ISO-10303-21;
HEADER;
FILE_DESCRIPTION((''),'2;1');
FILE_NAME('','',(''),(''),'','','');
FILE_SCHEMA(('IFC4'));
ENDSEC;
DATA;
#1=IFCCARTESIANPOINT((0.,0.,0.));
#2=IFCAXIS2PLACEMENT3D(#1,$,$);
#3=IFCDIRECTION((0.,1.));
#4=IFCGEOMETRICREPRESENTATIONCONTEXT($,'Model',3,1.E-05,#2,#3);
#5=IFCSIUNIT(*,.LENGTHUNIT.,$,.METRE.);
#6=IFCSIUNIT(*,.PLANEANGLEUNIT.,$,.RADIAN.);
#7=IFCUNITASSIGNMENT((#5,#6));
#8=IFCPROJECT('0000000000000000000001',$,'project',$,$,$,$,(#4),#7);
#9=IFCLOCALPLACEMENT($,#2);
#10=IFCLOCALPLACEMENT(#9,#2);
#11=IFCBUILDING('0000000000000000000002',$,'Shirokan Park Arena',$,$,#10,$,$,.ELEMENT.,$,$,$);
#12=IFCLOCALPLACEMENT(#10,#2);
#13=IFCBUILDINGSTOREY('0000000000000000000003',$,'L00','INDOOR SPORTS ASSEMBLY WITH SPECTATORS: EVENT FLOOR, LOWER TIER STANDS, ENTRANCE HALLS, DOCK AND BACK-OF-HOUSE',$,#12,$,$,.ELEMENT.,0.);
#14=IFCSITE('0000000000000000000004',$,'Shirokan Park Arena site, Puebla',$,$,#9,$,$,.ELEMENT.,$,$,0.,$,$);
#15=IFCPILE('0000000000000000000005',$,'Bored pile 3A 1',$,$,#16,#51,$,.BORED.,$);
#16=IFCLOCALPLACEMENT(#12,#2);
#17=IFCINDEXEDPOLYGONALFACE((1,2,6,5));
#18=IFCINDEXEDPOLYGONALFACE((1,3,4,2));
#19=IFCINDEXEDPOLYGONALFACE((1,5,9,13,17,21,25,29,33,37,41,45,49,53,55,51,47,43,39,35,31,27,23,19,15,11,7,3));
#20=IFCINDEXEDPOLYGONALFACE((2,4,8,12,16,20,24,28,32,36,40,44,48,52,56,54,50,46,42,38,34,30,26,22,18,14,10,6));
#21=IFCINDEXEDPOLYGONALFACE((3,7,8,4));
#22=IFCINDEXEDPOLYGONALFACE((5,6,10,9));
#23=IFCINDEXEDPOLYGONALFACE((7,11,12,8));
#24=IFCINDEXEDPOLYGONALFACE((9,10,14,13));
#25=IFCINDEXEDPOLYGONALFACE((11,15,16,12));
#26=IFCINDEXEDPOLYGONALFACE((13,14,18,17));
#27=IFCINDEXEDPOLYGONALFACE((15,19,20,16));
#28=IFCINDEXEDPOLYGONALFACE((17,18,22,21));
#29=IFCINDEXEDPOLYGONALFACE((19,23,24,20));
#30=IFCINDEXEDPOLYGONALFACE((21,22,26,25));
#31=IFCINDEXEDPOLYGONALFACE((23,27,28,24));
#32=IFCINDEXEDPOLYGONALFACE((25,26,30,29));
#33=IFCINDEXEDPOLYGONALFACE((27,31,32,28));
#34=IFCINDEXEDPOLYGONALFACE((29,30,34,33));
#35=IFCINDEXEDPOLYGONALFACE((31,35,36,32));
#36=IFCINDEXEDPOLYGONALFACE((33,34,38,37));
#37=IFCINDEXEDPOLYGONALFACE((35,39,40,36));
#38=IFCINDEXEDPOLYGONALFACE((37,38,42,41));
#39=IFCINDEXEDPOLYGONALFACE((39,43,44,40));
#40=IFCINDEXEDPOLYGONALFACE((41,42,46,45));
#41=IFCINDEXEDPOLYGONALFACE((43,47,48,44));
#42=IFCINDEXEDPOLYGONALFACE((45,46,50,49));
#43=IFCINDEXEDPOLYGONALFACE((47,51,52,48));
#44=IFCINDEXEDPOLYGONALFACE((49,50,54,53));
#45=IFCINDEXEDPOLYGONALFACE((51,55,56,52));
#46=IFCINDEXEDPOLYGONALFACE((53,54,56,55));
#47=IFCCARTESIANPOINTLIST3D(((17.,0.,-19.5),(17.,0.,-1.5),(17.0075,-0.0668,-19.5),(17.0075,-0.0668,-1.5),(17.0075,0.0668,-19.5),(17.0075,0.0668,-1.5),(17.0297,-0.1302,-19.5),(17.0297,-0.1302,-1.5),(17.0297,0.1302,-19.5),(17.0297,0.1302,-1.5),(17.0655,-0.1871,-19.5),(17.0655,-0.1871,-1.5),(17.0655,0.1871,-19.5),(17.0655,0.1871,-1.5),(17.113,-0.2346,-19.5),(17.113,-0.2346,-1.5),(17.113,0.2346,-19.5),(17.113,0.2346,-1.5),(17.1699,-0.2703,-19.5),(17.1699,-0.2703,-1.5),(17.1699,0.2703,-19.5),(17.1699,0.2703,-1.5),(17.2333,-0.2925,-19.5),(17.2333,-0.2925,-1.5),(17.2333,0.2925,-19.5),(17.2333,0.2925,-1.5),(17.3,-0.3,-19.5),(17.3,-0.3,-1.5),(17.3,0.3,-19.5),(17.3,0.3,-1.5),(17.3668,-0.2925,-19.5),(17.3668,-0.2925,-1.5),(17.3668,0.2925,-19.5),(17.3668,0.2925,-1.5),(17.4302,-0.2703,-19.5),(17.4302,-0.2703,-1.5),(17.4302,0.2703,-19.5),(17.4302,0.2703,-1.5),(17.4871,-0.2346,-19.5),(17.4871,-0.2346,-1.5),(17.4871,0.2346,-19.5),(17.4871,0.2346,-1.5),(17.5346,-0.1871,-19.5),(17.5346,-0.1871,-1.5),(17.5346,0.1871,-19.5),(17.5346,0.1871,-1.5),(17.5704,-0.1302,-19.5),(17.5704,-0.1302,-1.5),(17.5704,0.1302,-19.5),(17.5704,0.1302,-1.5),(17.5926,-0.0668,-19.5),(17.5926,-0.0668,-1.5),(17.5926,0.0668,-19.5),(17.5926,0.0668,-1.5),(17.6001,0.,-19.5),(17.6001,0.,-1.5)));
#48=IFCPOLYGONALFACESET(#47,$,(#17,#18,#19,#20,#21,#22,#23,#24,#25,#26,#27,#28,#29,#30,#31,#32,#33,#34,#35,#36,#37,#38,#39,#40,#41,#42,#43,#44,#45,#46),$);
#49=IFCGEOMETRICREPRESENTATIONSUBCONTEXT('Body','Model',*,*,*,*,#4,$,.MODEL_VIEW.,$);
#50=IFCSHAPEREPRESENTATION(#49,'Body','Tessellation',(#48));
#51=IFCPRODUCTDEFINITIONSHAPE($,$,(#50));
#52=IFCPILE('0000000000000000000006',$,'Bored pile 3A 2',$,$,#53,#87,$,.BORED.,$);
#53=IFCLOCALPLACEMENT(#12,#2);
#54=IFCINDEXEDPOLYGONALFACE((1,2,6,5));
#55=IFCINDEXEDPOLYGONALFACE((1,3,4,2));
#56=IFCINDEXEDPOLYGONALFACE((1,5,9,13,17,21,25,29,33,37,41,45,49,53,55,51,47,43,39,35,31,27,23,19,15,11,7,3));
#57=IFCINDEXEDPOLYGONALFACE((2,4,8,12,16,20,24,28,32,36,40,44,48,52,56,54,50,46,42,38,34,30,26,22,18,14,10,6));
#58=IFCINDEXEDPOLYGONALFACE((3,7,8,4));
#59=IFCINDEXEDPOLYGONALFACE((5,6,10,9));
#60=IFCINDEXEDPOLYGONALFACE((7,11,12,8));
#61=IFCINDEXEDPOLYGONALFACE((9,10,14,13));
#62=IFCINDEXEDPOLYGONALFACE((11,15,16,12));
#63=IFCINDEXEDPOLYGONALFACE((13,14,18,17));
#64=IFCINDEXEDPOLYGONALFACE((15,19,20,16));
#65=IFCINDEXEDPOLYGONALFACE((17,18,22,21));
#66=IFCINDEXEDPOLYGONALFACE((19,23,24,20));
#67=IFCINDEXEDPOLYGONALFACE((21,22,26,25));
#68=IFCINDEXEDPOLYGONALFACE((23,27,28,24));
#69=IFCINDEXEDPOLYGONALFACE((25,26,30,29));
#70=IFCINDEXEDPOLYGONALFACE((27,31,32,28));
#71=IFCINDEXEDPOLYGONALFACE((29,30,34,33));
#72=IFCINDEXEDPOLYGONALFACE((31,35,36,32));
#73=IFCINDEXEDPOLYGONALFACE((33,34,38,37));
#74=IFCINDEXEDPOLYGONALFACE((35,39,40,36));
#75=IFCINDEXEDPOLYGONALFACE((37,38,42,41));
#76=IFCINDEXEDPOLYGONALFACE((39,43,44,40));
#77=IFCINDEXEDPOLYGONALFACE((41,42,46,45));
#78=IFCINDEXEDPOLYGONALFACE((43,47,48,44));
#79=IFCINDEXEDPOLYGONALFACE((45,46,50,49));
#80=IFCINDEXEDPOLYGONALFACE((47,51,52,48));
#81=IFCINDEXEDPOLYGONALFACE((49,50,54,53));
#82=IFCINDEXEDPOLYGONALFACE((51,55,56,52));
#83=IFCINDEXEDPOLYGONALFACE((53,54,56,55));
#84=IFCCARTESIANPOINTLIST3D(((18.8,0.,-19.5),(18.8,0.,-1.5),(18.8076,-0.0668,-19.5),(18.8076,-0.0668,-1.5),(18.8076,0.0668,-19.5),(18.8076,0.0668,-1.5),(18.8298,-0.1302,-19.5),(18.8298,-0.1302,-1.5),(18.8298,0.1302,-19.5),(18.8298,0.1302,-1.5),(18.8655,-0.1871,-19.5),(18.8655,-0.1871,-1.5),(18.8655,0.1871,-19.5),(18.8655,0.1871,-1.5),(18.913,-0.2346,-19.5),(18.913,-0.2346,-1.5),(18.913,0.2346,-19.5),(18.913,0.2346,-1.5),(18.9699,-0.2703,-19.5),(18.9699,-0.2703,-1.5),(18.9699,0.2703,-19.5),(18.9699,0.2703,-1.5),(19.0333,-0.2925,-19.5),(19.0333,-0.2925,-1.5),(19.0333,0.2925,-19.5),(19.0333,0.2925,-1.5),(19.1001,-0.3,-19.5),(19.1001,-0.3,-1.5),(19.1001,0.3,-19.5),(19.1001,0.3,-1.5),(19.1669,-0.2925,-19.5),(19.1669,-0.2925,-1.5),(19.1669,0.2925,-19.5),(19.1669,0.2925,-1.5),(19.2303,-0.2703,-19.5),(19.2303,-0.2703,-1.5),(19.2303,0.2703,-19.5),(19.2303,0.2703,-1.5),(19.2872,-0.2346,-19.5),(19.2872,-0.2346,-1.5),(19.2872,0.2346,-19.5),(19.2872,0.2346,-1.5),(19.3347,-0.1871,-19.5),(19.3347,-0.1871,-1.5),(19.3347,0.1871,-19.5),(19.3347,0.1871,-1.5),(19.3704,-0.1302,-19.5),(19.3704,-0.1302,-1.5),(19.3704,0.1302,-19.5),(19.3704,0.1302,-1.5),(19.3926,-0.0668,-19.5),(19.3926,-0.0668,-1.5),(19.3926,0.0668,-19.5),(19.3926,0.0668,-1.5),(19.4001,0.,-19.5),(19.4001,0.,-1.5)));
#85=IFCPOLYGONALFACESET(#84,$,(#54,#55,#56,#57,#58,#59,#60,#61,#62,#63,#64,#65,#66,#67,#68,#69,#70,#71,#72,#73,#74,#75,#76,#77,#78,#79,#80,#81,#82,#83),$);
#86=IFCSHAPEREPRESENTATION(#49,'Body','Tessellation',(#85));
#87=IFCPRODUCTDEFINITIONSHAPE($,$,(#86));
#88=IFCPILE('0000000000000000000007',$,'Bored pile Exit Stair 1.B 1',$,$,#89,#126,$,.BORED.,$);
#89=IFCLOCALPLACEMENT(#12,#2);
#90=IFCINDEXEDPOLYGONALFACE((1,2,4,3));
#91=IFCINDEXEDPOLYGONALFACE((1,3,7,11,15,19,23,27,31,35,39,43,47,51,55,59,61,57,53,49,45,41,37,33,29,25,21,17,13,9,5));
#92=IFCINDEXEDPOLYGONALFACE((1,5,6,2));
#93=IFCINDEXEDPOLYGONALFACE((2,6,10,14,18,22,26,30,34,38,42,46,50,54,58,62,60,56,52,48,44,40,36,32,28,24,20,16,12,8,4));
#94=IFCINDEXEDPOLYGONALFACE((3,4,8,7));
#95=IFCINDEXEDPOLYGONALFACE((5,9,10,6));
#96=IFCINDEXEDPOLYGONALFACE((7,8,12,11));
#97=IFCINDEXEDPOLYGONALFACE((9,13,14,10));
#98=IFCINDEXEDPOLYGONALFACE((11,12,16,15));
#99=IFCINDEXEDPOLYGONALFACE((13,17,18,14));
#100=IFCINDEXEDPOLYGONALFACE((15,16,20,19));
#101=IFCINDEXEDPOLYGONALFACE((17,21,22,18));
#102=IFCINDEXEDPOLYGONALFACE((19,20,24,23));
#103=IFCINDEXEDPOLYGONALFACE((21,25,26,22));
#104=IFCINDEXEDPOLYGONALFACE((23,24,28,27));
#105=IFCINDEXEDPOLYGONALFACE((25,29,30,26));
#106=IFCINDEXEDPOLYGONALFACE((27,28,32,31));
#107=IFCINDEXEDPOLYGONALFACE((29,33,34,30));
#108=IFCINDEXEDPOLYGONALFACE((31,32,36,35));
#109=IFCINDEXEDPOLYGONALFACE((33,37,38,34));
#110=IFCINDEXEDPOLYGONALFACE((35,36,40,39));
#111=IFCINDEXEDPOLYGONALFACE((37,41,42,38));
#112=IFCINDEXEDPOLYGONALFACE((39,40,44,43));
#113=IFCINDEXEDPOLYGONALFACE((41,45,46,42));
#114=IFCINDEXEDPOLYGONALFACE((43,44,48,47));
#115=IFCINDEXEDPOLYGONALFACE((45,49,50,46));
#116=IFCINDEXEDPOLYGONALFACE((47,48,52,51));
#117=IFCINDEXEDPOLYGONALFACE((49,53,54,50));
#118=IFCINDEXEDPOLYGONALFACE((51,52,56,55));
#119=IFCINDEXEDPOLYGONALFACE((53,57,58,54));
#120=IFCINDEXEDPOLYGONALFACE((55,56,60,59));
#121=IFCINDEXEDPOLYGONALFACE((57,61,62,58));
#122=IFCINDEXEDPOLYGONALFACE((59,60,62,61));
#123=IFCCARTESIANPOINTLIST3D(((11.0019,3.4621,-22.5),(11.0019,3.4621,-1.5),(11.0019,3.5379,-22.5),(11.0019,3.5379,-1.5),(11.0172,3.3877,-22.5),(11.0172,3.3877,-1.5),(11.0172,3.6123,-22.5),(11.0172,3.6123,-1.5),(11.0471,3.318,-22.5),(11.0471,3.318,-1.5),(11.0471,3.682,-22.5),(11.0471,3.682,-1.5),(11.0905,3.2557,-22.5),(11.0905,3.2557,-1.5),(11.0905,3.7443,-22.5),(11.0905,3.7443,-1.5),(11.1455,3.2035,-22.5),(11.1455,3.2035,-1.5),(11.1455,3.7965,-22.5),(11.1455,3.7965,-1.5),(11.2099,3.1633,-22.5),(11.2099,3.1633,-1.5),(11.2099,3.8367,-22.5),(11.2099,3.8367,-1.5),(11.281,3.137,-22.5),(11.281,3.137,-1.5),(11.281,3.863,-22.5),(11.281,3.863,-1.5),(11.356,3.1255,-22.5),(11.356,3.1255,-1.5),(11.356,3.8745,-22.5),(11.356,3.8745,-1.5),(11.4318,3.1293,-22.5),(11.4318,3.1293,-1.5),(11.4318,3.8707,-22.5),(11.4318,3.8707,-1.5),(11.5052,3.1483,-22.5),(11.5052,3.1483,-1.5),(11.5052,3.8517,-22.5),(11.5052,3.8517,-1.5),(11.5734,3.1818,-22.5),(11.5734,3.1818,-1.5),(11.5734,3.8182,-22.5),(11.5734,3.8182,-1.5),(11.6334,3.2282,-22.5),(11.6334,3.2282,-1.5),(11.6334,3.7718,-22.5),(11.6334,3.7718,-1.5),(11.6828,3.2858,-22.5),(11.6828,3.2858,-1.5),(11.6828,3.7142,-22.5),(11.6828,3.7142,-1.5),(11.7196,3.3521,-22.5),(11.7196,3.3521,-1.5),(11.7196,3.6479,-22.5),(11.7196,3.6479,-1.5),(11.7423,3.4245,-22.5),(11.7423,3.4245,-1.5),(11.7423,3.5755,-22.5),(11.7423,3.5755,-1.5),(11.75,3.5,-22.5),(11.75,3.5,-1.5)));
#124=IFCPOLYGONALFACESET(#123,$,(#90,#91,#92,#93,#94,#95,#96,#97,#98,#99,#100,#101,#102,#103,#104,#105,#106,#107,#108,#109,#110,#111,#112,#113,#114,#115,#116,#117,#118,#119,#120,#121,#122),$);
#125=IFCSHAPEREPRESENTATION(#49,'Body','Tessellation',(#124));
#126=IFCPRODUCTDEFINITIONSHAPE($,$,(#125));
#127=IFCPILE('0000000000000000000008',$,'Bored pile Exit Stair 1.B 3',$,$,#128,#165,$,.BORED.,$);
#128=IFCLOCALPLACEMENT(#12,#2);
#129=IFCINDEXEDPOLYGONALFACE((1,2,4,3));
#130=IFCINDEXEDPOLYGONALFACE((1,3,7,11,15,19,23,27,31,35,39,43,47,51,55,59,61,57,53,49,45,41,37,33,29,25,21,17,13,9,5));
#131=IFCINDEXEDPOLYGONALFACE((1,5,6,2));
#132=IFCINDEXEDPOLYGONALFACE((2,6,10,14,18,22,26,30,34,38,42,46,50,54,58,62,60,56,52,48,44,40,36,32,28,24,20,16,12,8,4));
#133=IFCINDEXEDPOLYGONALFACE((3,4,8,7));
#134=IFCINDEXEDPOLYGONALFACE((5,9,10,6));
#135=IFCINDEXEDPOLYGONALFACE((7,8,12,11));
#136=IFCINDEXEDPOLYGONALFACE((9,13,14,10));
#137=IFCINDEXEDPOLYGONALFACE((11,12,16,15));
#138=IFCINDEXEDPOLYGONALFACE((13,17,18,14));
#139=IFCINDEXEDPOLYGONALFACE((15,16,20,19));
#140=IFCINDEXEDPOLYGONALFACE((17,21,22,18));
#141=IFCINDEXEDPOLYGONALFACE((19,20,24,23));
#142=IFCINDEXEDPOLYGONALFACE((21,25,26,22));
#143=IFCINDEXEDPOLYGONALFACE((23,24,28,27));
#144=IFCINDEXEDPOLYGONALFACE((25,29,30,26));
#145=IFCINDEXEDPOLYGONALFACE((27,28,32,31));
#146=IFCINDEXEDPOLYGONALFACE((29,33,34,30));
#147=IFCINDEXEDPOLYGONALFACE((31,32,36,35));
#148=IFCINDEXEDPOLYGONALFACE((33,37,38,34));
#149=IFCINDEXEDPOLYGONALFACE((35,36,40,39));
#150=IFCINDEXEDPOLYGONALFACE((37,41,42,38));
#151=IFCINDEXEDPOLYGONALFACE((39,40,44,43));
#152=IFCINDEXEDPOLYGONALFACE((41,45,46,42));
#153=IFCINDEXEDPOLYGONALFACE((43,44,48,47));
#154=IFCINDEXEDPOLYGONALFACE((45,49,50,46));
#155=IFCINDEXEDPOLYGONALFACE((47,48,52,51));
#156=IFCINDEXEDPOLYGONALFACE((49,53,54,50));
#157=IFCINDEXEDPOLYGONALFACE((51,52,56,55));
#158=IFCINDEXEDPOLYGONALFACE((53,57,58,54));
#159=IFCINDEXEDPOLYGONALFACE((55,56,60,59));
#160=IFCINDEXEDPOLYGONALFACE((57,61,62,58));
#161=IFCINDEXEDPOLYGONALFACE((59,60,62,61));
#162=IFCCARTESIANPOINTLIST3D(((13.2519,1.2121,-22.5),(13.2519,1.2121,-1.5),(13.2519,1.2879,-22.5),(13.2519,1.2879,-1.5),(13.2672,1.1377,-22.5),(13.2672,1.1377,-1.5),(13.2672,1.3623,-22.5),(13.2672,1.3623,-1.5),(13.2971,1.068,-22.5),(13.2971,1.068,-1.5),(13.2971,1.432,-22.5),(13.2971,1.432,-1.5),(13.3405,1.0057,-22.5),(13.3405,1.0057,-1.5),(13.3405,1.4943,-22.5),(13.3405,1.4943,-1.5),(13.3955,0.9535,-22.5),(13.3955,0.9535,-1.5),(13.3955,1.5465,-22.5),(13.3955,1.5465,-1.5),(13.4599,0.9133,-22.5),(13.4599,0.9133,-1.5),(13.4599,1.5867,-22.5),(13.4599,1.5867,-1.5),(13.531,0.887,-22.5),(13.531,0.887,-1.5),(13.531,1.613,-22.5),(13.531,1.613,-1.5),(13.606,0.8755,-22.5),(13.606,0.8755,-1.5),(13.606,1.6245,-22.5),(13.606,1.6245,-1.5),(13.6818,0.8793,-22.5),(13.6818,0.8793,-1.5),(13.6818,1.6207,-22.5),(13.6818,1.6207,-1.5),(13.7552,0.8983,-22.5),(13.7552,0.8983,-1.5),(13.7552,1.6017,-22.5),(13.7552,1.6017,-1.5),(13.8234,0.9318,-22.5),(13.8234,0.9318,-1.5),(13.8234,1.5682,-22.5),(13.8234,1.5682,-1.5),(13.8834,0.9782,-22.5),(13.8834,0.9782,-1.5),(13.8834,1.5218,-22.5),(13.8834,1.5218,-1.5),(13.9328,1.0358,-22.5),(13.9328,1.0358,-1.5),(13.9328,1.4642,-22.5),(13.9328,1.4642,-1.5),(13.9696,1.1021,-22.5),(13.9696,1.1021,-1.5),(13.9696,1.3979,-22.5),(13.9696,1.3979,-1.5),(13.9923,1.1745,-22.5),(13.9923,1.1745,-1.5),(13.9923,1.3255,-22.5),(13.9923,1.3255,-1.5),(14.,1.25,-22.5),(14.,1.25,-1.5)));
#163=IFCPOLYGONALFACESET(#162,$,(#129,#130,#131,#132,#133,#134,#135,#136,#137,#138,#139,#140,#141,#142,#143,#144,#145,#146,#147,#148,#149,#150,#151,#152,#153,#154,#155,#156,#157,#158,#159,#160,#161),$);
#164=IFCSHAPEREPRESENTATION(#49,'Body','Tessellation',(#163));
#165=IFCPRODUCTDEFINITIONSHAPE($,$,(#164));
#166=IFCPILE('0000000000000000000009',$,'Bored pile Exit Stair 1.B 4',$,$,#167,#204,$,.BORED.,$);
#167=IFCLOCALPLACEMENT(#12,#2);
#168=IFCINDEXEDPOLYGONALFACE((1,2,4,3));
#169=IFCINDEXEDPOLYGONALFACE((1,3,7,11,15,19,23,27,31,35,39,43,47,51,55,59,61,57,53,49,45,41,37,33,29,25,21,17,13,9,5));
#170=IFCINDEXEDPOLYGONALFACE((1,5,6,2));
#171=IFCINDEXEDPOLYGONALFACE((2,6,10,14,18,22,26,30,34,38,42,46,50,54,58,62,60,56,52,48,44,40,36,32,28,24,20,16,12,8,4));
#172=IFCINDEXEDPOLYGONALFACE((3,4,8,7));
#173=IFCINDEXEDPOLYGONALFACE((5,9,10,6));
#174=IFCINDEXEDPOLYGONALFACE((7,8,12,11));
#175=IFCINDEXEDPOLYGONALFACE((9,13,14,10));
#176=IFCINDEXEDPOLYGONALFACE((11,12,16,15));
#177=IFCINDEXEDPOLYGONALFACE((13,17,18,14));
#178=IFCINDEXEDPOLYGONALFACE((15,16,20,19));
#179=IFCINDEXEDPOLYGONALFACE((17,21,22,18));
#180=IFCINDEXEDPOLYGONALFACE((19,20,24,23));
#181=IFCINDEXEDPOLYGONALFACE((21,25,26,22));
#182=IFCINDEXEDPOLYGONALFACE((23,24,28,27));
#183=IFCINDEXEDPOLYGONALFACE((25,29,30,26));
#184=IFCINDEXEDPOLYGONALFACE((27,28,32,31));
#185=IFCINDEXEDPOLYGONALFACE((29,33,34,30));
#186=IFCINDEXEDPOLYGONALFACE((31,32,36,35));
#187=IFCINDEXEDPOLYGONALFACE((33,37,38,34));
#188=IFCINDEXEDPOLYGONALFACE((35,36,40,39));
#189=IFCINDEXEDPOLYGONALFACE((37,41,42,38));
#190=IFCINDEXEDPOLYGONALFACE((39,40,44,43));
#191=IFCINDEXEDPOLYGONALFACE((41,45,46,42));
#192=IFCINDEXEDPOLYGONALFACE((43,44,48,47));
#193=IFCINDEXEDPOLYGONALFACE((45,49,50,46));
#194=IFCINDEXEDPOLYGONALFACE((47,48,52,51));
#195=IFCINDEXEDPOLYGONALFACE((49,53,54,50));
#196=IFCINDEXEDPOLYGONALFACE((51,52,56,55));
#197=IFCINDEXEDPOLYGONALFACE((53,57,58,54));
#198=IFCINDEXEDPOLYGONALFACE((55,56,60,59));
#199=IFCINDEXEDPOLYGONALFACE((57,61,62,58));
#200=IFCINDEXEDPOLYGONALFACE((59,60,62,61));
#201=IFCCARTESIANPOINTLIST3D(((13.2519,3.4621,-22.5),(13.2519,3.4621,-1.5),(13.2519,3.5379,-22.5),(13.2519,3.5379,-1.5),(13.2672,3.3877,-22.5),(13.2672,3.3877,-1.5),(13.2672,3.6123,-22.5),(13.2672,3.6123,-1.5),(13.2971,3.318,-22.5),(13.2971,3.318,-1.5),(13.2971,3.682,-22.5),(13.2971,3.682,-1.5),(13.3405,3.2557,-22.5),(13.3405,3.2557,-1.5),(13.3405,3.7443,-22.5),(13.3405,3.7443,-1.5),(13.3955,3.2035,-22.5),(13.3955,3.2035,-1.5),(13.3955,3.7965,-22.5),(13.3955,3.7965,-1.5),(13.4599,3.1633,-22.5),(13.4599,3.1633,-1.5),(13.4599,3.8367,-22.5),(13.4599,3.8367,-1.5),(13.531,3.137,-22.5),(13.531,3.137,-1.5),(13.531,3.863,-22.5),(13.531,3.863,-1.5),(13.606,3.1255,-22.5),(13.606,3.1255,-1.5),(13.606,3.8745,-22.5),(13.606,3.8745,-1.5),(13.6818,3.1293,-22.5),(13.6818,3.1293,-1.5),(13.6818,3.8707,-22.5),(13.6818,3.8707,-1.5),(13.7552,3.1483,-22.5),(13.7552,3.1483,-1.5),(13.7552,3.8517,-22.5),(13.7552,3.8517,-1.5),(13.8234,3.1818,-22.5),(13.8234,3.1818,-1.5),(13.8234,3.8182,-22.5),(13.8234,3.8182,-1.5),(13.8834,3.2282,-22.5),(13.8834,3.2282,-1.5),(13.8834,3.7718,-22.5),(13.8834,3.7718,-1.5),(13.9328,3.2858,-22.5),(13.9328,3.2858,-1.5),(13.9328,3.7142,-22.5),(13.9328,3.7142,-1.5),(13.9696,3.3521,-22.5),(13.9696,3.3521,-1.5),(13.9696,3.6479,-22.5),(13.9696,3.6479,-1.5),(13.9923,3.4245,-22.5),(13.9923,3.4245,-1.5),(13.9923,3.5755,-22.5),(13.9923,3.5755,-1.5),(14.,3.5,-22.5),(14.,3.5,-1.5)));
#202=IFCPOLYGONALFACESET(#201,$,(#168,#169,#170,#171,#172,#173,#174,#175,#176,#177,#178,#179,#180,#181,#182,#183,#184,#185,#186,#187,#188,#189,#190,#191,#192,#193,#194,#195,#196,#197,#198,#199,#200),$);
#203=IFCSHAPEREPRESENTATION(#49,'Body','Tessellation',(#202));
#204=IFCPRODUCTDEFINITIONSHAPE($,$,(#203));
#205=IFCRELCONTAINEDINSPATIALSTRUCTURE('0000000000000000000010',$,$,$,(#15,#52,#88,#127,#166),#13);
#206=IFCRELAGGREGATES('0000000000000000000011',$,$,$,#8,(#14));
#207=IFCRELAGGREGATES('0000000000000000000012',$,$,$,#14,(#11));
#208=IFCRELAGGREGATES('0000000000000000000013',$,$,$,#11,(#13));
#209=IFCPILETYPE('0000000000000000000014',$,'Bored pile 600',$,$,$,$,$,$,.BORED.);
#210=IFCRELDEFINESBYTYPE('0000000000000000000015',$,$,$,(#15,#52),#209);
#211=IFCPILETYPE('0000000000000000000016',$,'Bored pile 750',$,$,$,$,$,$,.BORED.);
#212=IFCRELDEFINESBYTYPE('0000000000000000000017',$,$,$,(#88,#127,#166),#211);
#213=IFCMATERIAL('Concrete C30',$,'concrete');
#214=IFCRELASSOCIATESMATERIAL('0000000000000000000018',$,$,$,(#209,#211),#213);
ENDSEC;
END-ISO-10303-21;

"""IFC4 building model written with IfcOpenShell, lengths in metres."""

from ifc_helpers import new_model, si_unit, direction, frame, origin, origin_2d, place, context, subcontext, project, spatial, circle, extrude, material, material_profile, profile_set, type_object, element, save


model = new_model("IFC4")

# Units and contexts
model_context = context("Model", 3, precision=1e-05, world=origin(), true_north=direction((0.0, 1.0)))
body_context = subcontext(model_context, "Body", "Model", "MODEL_VIEW")
ifc_project = project(units=[si_unit("LENGTHUNIT", "METRE"), si_unit("PLANEANGLEUNIT", "RADIAN")], contexts=[model_context])

# Site, building, storey
site_placement = place(None, origin())
site = spatial("IfcSite", under=ifc_project, at=site_placement, Name="Shirokan Park Arena site, Puebla", CompositionType="ELEMENT", RefElevation=0.0)
building_placement = place(site_placement, origin())
building = spatial("IfcBuilding", under=site, at=building_placement, Name="Shirokan Park Arena", CompositionType="ELEMENT")
storey_placement = place(building_placement, origin())
storey = spatial("IfcBuildingStorey", under=building, at=storey_placement, Name="L00", Description="INDOOR SPORTS ASSEMBLY WITH SPECTATORS: EVENT FLOOR, LOWER TIER STANDS, ENTRANCE HALLS, DOCK AND BACK-OF-HOUSE", CompositionType="ELEMENT", Elevation=0.0)

# Piles
ifc_material_1 = material(Name="Concrete C30", Category="concrete")
ifc_material_profile_1 = material_profile(ifc_material_1, circle(Radius=0.3, at=origin_2d()), Name="D600")
ifc_profile_set_1 = profile_set([ifc_material_profile_1], Name="Concrete C30")
pile_type_1 = type_object("IfcPileType", Name="Bored pile 600", PredefinedType="BORED", material=ifc_profile_set_1)
for number, where, z_axis, x_axis, name in (
    (1, (17.3, 0.0, -1.5), (0.0, 0.0, -1.0), (1.0, 0.0, 0.0), "Bored pile 3A 1"),
    (2, (19.1001, 0.0, -1.5), (0.0, 0.0, -1.0), (1.0, 0.0, 0.0), "Bored pile 3A 2"),
):
    element("IfcPile", number, at=place(storey_placement, frame(where, z_axis=z_axis, x_axis=x_axis)), inside=storey, type_object=pile_type_1, Name=name, PredefinedType="BORED", context=body_context, shape_type="SweptSolid", body=[
        extrude(circle(Radius=0.3, at=origin_2d()), origin(), (0.0, 0.0, 1.0), 18.0),
    ])
ifc_material_profile_2 = material_profile(ifc_material_1, circle(Radius=0.375, at=origin_2d()), Name="D750")
ifc_profile_set_2 = profile_set([ifc_material_profile_2], Name="Concrete C30")
pile_type_2 = type_object("IfcPileType", Name="Bored pile 750", PredefinedType="BORED", material=ifc_profile_set_2)
for number, where, z_axis, x_axis, name in (
    (3, (11.375, 3.5, -1.5), (0.0, 0.0, -1.0), (1.0, 0.0, 0.0), "Bored pile Exit Stair 1.B 1"),
    (4, (13.625, 1.25, -1.5), (0.0, 0.0, -1.0), (1.0, 0.0, 0.0), "Bored pile Exit Stair 1.B 3"),
    (5, (13.625, 3.5, -1.5), (0.0, 0.0, -1.0), (1.0, 0.0, 0.0), "Bored pile Exit Stair 1.B 4"),
):
    element("IfcPile", number, at=place(storey_placement, frame(where, z_axis=z_axis, x_axis=x_axis)), inside=storey, type_object=pile_type_2, Name=name, PredefinedType="BORED", context=body_context, shape_type="SweptSolid", body=[
        extrude(circle(Radius=0.375, at=origin_2d()), origin(), (0.0, 0.0, 1.0), 21.0),
    ])

save(model, "model.ifc")
